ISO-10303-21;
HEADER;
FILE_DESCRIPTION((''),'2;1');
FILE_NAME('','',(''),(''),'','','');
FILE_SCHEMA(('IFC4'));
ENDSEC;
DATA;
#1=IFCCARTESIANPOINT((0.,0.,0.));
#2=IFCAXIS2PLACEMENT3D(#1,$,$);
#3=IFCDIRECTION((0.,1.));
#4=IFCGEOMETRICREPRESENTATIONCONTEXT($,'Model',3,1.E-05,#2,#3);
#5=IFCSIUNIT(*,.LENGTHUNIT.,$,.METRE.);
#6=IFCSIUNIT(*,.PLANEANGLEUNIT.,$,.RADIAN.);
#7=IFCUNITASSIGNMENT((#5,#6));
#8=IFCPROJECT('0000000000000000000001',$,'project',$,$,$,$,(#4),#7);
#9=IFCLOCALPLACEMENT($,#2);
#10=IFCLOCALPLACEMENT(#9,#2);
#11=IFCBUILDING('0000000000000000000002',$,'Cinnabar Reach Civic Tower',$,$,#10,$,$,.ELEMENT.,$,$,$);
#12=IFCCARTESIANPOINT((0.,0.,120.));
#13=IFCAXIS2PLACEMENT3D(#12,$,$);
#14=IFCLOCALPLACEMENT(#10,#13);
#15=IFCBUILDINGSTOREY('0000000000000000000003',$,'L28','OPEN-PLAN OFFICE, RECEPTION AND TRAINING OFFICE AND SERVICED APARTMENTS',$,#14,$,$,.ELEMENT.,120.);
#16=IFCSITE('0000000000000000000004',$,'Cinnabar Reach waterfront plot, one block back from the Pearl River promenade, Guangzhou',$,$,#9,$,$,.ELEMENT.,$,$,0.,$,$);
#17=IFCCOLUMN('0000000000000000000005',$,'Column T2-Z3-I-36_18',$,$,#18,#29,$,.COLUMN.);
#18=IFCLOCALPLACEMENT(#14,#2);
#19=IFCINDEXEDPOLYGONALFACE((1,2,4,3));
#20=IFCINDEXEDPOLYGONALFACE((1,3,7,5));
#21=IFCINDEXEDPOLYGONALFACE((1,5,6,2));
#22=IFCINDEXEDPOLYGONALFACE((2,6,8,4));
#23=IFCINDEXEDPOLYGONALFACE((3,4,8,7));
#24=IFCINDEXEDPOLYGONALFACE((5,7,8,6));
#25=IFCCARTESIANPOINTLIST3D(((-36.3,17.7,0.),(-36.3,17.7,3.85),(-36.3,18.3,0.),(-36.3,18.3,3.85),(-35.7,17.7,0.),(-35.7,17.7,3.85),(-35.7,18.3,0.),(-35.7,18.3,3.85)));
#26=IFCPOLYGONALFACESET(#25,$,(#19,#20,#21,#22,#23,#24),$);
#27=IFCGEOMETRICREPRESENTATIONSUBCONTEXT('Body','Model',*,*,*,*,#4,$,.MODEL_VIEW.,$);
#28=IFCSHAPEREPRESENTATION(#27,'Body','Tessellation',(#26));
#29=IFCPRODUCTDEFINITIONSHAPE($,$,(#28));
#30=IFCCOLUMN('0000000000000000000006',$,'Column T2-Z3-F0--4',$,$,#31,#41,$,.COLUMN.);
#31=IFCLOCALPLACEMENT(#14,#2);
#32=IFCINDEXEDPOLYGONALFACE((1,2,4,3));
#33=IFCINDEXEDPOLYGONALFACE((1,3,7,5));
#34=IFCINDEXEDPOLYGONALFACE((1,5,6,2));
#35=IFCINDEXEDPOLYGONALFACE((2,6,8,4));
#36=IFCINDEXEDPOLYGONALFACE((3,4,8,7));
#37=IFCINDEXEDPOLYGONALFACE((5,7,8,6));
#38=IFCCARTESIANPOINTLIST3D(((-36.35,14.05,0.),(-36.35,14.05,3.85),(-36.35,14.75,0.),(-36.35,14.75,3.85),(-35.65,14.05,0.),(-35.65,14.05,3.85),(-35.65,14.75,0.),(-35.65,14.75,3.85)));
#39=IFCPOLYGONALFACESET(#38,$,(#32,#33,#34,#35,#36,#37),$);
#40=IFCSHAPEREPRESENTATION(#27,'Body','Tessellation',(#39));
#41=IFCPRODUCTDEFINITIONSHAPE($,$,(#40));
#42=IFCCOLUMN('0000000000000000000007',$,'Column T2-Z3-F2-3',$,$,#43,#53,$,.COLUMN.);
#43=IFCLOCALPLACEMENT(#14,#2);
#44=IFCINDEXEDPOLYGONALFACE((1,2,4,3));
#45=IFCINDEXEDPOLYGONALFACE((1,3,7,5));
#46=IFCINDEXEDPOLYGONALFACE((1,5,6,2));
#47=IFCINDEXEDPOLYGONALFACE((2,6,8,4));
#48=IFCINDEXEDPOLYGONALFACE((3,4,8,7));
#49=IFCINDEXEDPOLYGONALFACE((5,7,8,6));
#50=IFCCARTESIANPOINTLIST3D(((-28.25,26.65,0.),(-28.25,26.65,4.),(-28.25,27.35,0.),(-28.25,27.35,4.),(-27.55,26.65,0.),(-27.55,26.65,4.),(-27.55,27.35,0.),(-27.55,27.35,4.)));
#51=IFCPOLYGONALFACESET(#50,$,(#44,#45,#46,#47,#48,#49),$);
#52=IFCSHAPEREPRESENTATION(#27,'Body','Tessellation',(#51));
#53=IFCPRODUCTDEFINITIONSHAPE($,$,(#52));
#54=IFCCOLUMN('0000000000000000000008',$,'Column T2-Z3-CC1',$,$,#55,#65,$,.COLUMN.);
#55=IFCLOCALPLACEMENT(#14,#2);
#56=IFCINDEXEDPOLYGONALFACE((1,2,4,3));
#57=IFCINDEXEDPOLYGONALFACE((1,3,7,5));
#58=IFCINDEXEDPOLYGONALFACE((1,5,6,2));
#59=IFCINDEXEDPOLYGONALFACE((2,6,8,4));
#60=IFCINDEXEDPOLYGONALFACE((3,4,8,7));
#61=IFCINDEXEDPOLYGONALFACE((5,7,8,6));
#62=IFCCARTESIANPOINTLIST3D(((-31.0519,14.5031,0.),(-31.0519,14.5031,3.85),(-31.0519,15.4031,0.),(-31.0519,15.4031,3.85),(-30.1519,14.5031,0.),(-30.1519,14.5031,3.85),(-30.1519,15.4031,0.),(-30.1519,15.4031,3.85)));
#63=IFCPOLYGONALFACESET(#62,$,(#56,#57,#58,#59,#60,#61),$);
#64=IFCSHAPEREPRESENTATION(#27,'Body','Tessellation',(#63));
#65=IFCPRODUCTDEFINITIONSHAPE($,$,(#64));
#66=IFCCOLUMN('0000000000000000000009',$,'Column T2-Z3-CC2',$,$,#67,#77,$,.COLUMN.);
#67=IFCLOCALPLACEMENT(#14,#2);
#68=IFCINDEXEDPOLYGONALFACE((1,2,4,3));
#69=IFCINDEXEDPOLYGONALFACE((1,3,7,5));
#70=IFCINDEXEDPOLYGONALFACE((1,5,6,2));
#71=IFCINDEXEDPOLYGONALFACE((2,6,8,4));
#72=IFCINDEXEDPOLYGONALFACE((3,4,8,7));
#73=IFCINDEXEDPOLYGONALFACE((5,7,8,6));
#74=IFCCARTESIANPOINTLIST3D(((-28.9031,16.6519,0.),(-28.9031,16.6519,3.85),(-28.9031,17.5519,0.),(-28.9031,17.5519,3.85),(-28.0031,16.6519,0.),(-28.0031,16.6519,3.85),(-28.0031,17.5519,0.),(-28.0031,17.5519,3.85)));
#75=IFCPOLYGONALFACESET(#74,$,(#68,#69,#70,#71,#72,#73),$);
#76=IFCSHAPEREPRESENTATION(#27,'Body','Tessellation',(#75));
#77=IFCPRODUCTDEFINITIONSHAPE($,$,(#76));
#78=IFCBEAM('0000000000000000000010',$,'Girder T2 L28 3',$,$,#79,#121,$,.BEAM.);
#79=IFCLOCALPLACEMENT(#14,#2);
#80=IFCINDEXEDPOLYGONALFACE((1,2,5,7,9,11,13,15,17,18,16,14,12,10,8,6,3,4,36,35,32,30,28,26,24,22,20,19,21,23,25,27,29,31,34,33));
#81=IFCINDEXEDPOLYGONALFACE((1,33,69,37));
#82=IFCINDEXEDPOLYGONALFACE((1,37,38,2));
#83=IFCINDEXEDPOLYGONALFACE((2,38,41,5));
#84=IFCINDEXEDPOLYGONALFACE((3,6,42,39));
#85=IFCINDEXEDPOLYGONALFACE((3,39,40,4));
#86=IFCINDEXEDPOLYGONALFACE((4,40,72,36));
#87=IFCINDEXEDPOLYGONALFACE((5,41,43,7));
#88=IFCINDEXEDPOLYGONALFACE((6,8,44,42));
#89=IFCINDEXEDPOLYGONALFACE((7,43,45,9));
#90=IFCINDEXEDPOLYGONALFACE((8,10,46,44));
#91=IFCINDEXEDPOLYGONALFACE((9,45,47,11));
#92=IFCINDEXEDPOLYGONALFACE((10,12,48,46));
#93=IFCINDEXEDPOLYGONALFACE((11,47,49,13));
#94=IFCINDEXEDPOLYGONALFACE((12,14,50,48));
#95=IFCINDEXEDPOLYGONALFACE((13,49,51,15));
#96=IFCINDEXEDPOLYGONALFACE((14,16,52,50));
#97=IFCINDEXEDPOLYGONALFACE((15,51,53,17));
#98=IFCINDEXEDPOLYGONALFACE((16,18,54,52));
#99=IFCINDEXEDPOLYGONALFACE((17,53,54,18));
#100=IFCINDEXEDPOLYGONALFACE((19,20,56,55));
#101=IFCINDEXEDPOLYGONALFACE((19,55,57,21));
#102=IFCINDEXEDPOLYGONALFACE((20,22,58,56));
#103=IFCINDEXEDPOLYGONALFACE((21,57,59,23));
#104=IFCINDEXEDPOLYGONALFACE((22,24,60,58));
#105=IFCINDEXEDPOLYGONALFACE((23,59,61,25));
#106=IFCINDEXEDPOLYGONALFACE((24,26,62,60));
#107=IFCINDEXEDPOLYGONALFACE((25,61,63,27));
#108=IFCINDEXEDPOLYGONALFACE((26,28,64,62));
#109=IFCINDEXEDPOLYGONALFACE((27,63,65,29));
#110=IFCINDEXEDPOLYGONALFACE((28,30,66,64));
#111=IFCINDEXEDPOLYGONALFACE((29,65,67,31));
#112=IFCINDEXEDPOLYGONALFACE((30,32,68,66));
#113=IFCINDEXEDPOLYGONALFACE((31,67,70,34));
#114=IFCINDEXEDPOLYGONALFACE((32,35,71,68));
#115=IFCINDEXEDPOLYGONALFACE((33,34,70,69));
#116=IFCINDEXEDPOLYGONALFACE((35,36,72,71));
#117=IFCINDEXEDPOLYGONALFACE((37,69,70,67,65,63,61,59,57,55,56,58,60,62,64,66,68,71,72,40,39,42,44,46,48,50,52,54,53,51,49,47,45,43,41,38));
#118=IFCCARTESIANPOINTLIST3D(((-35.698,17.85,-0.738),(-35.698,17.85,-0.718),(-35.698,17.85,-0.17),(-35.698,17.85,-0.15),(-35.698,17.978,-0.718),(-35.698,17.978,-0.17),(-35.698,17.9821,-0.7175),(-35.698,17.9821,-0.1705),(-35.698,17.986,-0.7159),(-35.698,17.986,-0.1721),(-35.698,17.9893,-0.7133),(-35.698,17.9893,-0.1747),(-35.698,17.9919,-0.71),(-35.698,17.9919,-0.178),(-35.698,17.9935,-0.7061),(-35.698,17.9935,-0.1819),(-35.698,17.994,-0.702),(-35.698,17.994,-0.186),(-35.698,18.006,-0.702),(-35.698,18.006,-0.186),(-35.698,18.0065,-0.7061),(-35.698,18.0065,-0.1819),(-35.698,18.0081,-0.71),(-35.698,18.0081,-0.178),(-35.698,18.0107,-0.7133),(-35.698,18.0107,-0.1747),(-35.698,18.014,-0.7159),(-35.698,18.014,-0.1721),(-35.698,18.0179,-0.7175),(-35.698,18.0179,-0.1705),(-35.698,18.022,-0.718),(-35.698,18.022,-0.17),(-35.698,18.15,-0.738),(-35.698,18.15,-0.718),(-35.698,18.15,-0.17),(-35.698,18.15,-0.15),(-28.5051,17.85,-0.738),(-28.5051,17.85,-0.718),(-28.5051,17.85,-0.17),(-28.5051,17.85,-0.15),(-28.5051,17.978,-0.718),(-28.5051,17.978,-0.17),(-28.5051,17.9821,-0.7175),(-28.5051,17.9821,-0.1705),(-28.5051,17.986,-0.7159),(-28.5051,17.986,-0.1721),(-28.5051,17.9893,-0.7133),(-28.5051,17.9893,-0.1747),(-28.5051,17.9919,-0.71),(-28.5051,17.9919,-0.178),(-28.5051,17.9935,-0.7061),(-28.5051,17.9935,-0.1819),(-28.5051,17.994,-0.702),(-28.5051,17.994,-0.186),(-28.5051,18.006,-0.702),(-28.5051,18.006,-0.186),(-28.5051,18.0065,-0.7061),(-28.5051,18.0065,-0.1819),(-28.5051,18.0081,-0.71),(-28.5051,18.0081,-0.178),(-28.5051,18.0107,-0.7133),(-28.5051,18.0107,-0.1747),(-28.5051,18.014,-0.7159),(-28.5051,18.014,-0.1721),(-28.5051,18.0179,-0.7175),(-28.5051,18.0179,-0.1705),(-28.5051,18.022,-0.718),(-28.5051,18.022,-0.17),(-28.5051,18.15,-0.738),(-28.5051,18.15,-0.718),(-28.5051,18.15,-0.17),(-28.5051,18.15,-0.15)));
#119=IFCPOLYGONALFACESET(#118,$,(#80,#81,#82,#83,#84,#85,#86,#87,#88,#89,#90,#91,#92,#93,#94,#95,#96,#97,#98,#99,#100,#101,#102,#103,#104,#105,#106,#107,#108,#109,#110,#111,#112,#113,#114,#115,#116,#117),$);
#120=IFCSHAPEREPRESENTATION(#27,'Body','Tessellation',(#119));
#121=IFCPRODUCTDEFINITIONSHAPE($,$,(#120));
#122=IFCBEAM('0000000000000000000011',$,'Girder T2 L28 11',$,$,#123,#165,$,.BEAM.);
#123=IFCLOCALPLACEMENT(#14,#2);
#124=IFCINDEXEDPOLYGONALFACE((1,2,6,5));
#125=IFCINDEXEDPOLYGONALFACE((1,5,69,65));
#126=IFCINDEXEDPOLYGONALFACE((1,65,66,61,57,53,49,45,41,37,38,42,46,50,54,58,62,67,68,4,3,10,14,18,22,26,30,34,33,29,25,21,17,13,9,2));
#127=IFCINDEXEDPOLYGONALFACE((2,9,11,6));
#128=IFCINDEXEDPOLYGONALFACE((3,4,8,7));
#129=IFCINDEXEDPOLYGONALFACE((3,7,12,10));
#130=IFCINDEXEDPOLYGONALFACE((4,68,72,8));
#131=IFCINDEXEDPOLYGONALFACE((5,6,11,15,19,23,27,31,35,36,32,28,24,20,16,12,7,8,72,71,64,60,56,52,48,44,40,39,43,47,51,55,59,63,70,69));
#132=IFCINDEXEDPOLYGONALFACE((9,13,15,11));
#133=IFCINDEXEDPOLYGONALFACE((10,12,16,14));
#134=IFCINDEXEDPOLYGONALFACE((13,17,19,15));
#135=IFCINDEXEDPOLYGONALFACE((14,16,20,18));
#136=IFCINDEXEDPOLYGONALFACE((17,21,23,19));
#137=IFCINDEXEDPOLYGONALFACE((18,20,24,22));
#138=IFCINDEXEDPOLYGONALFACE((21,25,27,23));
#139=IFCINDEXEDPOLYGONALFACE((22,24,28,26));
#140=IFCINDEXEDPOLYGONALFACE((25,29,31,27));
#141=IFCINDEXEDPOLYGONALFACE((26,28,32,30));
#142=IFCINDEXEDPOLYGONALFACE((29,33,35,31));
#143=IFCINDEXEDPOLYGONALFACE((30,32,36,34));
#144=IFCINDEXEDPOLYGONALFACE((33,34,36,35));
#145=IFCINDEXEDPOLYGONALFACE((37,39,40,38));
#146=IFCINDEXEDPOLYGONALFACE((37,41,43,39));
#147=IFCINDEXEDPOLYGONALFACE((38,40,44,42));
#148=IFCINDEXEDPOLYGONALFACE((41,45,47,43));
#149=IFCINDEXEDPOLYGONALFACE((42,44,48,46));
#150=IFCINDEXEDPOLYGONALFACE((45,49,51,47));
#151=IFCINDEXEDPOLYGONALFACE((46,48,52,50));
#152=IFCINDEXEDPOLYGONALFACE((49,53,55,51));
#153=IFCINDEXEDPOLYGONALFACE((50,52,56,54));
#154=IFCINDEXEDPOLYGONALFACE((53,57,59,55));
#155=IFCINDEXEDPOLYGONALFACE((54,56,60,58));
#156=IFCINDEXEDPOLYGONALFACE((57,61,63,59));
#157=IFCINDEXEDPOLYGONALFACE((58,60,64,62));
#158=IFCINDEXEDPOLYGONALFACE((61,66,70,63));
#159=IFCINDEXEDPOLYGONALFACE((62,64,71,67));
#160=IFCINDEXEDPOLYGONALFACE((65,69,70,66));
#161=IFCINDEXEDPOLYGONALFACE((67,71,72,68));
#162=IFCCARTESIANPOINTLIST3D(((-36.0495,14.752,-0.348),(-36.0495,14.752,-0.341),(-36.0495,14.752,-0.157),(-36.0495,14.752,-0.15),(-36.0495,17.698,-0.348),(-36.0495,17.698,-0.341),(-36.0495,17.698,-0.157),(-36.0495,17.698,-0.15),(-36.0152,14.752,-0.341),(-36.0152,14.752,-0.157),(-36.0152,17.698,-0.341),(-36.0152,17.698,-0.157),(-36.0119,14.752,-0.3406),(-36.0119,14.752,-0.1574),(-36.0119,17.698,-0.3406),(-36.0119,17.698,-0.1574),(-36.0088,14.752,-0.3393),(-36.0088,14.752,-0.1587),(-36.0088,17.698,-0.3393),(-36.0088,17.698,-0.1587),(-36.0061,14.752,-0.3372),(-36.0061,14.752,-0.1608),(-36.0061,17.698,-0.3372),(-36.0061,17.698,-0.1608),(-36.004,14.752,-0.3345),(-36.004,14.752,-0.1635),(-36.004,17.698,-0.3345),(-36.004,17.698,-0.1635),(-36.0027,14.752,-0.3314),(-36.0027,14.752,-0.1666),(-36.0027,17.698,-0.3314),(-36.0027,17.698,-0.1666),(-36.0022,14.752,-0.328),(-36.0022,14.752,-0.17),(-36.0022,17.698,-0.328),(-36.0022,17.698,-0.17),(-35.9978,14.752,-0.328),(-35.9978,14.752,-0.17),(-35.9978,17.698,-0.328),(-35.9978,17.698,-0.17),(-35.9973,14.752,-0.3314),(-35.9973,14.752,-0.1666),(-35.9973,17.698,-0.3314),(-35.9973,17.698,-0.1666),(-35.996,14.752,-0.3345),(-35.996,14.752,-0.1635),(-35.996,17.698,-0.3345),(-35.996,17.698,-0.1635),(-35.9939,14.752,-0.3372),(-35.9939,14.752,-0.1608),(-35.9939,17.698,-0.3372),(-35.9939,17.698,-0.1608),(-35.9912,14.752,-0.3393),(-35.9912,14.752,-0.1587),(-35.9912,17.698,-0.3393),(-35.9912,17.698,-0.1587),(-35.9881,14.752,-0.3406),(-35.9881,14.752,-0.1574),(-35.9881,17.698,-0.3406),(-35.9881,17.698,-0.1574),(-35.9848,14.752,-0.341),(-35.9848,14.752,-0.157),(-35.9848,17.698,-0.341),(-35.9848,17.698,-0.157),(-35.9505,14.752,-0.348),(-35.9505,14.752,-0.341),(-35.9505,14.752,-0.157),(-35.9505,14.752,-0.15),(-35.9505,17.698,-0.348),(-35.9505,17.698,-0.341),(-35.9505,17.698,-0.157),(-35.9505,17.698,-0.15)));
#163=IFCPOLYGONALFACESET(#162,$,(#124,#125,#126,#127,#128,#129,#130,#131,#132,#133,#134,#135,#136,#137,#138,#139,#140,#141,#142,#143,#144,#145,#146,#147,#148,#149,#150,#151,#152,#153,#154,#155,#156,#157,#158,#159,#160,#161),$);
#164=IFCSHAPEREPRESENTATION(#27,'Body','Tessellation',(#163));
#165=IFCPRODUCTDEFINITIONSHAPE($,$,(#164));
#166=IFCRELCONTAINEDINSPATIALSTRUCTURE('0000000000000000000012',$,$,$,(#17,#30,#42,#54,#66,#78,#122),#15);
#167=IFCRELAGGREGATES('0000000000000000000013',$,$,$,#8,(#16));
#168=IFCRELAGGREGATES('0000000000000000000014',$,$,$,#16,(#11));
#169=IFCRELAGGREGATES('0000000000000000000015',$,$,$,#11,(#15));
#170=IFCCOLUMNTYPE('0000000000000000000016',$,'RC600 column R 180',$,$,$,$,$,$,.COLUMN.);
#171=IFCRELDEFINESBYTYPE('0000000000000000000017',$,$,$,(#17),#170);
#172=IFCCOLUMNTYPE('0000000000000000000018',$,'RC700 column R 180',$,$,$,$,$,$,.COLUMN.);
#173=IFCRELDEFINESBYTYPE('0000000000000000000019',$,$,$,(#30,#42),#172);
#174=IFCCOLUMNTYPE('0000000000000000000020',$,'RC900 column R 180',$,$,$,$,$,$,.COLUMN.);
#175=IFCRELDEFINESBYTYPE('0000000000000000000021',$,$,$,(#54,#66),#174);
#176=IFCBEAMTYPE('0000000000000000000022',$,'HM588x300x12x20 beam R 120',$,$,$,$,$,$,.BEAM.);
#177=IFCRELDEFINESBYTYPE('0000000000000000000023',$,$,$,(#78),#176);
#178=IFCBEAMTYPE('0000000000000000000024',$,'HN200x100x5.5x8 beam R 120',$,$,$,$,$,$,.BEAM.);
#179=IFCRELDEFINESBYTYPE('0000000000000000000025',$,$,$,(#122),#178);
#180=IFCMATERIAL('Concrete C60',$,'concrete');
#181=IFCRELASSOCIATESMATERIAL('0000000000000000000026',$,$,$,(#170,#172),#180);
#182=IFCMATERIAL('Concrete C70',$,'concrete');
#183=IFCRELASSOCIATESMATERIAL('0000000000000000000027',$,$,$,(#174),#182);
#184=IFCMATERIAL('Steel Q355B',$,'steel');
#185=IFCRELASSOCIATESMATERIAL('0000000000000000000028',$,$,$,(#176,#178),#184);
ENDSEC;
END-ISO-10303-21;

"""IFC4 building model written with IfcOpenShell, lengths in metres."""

from ifc_helpers import new_model, si_unit, direction, frame, origin, origin_2d, place, context, subcontext, project, spatial, rectangle, i_section, extrude, material, material_profile, profile_set, type_object, element, save


model = new_model("IFC4")

# Units and contexts
model_context = context("Model", 3, precision=1e-05, world=origin(), true_north=direction((0.0, 1.0)))
body_context = subcontext(model_context, "Body", "Model", "MODEL_VIEW")
ifc_project = project(units=[si_unit("LENGTHUNIT", "METRE"), si_unit("PLANEANGLEUNIT", "RADIAN")], contexts=[model_context])

# Site, building, storey
site_placement = place(None, origin())
site = spatial("IfcSite", under=ifc_project, at=site_placement, Name="Cinnabar Reach waterfront plot, one block back from the Pearl River promenade, Guangzhou", CompositionType="ELEMENT", RefElevation=0.0)
building_placement = place(site_placement, origin())
building = spatial("IfcBuilding", under=site, at=building_placement, Name="Cinnabar Reach Civic Tower", CompositionType="ELEMENT")
storey_placement = place(building_placement, frame((0.0, 0.0, 120.0)))
storey = spatial("IfcBuildingStorey", under=building, at=storey_placement, Name="L28", Description="OPEN-PLAN OFFICE, RECEPTION AND TRAINING OFFICE AND SERVICED APARTMENTS", CompositionType="ELEMENT", Elevation=120.0)

# Columns
ifc_material_1 = material(Name="Concrete C60", Category="concrete")
ifc_material_profile_1 = material_profile(ifc_material_1, rectangle(XDim=0.6, YDim=0.6, at=origin_2d()), Name="RC600")
ifc_profile_set_1 = profile_set([ifc_material_profile_1], Name="Concrete C60")
column_type_1 = type_object("IfcColumnType", Name="RC600 column R 180", PredefinedType="COLUMN", material=ifc_profile_set_1)
column_1_placement = place(storey_placement, frame((-36.0, 18.0, 0.0), z_axis=(0.0, 0.0, 1.0), x_axis=(1.0, 0.0, 0.0)))
element("IfcColumn", 1, at=column_1_placement, inside=storey, type_object=column_type_1, Name="Column T2-Z3-I-36_18", PredefinedType="COLUMN", context=body_context, shape_type="SweptSolid", body=[
    extrude(rectangle(XDim=0.6, YDim=0.6, at=origin_2d()), origin(), (0.0, 0.0, 1.0), 3.85),
])
ifc_material_profile_2 = material_profile(ifc_material_1, rectangle(XDim=0.7, YDim=0.7, at=origin_2d()), Name="RC700")
ifc_profile_set_2 = profile_set([ifc_material_profile_2], Name="Concrete C60")
column_type_2 = type_object("IfcColumnType", Name="RC700 column R 180", PredefinedType="COLUMN", material=ifc_profile_set_2)
column_2_placement = place(storey_placement, frame((-36.0, 14.4, 0.0), z_axis=(0.0, 0.0, 1.0), x_axis=(1.0, 0.0, 0.0)))
element("IfcColumn", 2, at=column_2_placement, inside=storey, type_object=column_type_2, Name="Column T2-Z3-F0--4", PredefinedType="COLUMN", context=body_context, shape_type="SweptSolid", body=[
    extrude(rectangle(XDim=0.7, YDim=0.7, at=origin_2d()), origin(), (0.0, 0.0, 1.0), 3.85),
])
column_3_placement = place(storey_placement, frame((-27.9, 27.0, 0.0), z_axis=(0.0, 0.0, 1.0), x_axis=(1.0, 0.0, 0.0)))
element("IfcColumn", 3, at=column_3_placement, inside=storey, type_object=column_type_2, Name="Column T2-Z3-F2-3", PredefinedType="COLUMN", context=body_context, shape_type="SweptSolid", body=[
    extrude(rectangle(XDim=0.7, YDim=0.7, at=origin_2d()), origin(), (0.0, 0.0, 1.0), 4.0),
])
ifc_material_2 = material(Name="Concrete C70", Category="concrete")
ifc_material_profile_3 = material_profile(ifc_material_2, rectangle(XDim=0.9, YDim=0.9, at=origin_2d()), Name="RC900")
ifc_profile_set_3 = profile_set([ifc_material_profile_3], Name="Concrete C70")
column_type_3 = type_object("IfcColumnType", Name="RC900 column R 180", PredefinedType="COLUMN", material=ifc_profile_set_3)
for number, where, z_axis, x_axis, name in (
    (4, (-30.6019, 14.9531, 0.0), (0.0, 0.0, 1.0), (1.0, 0.0, 0.0), "Column T2-Z3-CC1"),
    (5, (-28.4531, 17.1019, 0.0), (0.0, 0.0, 1.0), (1.0, 0.0, 0.0), "Column T2-Z3-CC2"),
):
    element("IfcColumn", number, at=place(storey_placement, frame(where, z_axis=z_axis, x_axis=x_axis)), inside=storey, type_object=column_type_3, Name=name, PredefinedType="COLUMN", context=body_context, shape_type="SweptSolid", body=[
        extrude(rectangle(XDim=0.9, YDim=0.9, at=origin_2d()), origin(), (0.0, 0.0, 1.0), 3.85),
    ])

# Beams
ifc_material_3 = material(Name="Steel Q355B", Category="steel")
ifc_material_profile_4 = material_profile(ifc_material_3, i_section(OverallWidth=0.3, OverallDepth=0.588, WebThickness=0.012, FlangeThickness=0.02, FilletRadius=0.016, at=origin_2d()), Name="HM588x300x12x20")
ifc_profile_set_4 = profile_set([ifc_material_profile_4], Name="Steel Q355B")
beam_type_1 = type_object("IfcBeamType", Name="HM588x300x12x20 beam R 120", PredefinedType="BEAM", material=ifc_profile_set_4)
beam_1_placement = place(storey_placement, frame((-35.698, 18.0, -0.444), z_axis=(1.0, 0.0, 0.0), x_axis=(0.0, 1.0, 0.0)))
element("IfcBeam", 6, at=beam_1_placement, inside=storey, type_object=beam_type_1, Name="Girder T2 L28 3", PredefinedType="BEAM", context=body_context, shape_type="SweptSolid", body=[
    extrude(i_section(OverallWidth=0.3, OverallDepth=0.588, WebThickness=0.012, FlangeThickness=0.02, FilletRadius=0.016, at=origin_2d()), origin(), (0.0, 0.0, 1.0), 7.1929),
])
ifc_material_profile_5 = material_profile(ifc_material_3, i_section(OverallWidth=0.099, OverallDepth=0.198, WebThickness=0.0045, FlangeThickness=0.007, FilletRadius=0.013, at=origin_2d()), Name="HN200x100x5.5x8")
ifc_profile_set_5 = profile_set([ifc_material_profile_5], Name="Steel Q355B")
beam_type_2 = type_object("IfcBeamType", Name="HN200x100x5.5x8 beam R 120", PredefinedType="BEAM", material=ifc_profile_set_5)
beam_2_placement = place(storey_placement, frame((-36.0, 14.752, -0.249), z_axis=(0.0, 1.0, 0.0), x_axis=(-1.0, 0.0, 0.0)))
element("IfcBeam", 7, at=beam_2_placement, inside=storey, type_object=beam_type_2, Name="Girder T2 L28 11", PredefinedType="BEAM", context=body_context, shape_type="SweptSolid", body=[
    extrude(i_section(OverallWidth=0.099, OverallDepth=0.198, WebThickness=0.0045, FlangeThickness=0.007, FilletRadius=0.013, at=origin_2d()), origin(), (0.0, 0.0, 1.0), 2.946),
])

save(model, "model.ifc")
